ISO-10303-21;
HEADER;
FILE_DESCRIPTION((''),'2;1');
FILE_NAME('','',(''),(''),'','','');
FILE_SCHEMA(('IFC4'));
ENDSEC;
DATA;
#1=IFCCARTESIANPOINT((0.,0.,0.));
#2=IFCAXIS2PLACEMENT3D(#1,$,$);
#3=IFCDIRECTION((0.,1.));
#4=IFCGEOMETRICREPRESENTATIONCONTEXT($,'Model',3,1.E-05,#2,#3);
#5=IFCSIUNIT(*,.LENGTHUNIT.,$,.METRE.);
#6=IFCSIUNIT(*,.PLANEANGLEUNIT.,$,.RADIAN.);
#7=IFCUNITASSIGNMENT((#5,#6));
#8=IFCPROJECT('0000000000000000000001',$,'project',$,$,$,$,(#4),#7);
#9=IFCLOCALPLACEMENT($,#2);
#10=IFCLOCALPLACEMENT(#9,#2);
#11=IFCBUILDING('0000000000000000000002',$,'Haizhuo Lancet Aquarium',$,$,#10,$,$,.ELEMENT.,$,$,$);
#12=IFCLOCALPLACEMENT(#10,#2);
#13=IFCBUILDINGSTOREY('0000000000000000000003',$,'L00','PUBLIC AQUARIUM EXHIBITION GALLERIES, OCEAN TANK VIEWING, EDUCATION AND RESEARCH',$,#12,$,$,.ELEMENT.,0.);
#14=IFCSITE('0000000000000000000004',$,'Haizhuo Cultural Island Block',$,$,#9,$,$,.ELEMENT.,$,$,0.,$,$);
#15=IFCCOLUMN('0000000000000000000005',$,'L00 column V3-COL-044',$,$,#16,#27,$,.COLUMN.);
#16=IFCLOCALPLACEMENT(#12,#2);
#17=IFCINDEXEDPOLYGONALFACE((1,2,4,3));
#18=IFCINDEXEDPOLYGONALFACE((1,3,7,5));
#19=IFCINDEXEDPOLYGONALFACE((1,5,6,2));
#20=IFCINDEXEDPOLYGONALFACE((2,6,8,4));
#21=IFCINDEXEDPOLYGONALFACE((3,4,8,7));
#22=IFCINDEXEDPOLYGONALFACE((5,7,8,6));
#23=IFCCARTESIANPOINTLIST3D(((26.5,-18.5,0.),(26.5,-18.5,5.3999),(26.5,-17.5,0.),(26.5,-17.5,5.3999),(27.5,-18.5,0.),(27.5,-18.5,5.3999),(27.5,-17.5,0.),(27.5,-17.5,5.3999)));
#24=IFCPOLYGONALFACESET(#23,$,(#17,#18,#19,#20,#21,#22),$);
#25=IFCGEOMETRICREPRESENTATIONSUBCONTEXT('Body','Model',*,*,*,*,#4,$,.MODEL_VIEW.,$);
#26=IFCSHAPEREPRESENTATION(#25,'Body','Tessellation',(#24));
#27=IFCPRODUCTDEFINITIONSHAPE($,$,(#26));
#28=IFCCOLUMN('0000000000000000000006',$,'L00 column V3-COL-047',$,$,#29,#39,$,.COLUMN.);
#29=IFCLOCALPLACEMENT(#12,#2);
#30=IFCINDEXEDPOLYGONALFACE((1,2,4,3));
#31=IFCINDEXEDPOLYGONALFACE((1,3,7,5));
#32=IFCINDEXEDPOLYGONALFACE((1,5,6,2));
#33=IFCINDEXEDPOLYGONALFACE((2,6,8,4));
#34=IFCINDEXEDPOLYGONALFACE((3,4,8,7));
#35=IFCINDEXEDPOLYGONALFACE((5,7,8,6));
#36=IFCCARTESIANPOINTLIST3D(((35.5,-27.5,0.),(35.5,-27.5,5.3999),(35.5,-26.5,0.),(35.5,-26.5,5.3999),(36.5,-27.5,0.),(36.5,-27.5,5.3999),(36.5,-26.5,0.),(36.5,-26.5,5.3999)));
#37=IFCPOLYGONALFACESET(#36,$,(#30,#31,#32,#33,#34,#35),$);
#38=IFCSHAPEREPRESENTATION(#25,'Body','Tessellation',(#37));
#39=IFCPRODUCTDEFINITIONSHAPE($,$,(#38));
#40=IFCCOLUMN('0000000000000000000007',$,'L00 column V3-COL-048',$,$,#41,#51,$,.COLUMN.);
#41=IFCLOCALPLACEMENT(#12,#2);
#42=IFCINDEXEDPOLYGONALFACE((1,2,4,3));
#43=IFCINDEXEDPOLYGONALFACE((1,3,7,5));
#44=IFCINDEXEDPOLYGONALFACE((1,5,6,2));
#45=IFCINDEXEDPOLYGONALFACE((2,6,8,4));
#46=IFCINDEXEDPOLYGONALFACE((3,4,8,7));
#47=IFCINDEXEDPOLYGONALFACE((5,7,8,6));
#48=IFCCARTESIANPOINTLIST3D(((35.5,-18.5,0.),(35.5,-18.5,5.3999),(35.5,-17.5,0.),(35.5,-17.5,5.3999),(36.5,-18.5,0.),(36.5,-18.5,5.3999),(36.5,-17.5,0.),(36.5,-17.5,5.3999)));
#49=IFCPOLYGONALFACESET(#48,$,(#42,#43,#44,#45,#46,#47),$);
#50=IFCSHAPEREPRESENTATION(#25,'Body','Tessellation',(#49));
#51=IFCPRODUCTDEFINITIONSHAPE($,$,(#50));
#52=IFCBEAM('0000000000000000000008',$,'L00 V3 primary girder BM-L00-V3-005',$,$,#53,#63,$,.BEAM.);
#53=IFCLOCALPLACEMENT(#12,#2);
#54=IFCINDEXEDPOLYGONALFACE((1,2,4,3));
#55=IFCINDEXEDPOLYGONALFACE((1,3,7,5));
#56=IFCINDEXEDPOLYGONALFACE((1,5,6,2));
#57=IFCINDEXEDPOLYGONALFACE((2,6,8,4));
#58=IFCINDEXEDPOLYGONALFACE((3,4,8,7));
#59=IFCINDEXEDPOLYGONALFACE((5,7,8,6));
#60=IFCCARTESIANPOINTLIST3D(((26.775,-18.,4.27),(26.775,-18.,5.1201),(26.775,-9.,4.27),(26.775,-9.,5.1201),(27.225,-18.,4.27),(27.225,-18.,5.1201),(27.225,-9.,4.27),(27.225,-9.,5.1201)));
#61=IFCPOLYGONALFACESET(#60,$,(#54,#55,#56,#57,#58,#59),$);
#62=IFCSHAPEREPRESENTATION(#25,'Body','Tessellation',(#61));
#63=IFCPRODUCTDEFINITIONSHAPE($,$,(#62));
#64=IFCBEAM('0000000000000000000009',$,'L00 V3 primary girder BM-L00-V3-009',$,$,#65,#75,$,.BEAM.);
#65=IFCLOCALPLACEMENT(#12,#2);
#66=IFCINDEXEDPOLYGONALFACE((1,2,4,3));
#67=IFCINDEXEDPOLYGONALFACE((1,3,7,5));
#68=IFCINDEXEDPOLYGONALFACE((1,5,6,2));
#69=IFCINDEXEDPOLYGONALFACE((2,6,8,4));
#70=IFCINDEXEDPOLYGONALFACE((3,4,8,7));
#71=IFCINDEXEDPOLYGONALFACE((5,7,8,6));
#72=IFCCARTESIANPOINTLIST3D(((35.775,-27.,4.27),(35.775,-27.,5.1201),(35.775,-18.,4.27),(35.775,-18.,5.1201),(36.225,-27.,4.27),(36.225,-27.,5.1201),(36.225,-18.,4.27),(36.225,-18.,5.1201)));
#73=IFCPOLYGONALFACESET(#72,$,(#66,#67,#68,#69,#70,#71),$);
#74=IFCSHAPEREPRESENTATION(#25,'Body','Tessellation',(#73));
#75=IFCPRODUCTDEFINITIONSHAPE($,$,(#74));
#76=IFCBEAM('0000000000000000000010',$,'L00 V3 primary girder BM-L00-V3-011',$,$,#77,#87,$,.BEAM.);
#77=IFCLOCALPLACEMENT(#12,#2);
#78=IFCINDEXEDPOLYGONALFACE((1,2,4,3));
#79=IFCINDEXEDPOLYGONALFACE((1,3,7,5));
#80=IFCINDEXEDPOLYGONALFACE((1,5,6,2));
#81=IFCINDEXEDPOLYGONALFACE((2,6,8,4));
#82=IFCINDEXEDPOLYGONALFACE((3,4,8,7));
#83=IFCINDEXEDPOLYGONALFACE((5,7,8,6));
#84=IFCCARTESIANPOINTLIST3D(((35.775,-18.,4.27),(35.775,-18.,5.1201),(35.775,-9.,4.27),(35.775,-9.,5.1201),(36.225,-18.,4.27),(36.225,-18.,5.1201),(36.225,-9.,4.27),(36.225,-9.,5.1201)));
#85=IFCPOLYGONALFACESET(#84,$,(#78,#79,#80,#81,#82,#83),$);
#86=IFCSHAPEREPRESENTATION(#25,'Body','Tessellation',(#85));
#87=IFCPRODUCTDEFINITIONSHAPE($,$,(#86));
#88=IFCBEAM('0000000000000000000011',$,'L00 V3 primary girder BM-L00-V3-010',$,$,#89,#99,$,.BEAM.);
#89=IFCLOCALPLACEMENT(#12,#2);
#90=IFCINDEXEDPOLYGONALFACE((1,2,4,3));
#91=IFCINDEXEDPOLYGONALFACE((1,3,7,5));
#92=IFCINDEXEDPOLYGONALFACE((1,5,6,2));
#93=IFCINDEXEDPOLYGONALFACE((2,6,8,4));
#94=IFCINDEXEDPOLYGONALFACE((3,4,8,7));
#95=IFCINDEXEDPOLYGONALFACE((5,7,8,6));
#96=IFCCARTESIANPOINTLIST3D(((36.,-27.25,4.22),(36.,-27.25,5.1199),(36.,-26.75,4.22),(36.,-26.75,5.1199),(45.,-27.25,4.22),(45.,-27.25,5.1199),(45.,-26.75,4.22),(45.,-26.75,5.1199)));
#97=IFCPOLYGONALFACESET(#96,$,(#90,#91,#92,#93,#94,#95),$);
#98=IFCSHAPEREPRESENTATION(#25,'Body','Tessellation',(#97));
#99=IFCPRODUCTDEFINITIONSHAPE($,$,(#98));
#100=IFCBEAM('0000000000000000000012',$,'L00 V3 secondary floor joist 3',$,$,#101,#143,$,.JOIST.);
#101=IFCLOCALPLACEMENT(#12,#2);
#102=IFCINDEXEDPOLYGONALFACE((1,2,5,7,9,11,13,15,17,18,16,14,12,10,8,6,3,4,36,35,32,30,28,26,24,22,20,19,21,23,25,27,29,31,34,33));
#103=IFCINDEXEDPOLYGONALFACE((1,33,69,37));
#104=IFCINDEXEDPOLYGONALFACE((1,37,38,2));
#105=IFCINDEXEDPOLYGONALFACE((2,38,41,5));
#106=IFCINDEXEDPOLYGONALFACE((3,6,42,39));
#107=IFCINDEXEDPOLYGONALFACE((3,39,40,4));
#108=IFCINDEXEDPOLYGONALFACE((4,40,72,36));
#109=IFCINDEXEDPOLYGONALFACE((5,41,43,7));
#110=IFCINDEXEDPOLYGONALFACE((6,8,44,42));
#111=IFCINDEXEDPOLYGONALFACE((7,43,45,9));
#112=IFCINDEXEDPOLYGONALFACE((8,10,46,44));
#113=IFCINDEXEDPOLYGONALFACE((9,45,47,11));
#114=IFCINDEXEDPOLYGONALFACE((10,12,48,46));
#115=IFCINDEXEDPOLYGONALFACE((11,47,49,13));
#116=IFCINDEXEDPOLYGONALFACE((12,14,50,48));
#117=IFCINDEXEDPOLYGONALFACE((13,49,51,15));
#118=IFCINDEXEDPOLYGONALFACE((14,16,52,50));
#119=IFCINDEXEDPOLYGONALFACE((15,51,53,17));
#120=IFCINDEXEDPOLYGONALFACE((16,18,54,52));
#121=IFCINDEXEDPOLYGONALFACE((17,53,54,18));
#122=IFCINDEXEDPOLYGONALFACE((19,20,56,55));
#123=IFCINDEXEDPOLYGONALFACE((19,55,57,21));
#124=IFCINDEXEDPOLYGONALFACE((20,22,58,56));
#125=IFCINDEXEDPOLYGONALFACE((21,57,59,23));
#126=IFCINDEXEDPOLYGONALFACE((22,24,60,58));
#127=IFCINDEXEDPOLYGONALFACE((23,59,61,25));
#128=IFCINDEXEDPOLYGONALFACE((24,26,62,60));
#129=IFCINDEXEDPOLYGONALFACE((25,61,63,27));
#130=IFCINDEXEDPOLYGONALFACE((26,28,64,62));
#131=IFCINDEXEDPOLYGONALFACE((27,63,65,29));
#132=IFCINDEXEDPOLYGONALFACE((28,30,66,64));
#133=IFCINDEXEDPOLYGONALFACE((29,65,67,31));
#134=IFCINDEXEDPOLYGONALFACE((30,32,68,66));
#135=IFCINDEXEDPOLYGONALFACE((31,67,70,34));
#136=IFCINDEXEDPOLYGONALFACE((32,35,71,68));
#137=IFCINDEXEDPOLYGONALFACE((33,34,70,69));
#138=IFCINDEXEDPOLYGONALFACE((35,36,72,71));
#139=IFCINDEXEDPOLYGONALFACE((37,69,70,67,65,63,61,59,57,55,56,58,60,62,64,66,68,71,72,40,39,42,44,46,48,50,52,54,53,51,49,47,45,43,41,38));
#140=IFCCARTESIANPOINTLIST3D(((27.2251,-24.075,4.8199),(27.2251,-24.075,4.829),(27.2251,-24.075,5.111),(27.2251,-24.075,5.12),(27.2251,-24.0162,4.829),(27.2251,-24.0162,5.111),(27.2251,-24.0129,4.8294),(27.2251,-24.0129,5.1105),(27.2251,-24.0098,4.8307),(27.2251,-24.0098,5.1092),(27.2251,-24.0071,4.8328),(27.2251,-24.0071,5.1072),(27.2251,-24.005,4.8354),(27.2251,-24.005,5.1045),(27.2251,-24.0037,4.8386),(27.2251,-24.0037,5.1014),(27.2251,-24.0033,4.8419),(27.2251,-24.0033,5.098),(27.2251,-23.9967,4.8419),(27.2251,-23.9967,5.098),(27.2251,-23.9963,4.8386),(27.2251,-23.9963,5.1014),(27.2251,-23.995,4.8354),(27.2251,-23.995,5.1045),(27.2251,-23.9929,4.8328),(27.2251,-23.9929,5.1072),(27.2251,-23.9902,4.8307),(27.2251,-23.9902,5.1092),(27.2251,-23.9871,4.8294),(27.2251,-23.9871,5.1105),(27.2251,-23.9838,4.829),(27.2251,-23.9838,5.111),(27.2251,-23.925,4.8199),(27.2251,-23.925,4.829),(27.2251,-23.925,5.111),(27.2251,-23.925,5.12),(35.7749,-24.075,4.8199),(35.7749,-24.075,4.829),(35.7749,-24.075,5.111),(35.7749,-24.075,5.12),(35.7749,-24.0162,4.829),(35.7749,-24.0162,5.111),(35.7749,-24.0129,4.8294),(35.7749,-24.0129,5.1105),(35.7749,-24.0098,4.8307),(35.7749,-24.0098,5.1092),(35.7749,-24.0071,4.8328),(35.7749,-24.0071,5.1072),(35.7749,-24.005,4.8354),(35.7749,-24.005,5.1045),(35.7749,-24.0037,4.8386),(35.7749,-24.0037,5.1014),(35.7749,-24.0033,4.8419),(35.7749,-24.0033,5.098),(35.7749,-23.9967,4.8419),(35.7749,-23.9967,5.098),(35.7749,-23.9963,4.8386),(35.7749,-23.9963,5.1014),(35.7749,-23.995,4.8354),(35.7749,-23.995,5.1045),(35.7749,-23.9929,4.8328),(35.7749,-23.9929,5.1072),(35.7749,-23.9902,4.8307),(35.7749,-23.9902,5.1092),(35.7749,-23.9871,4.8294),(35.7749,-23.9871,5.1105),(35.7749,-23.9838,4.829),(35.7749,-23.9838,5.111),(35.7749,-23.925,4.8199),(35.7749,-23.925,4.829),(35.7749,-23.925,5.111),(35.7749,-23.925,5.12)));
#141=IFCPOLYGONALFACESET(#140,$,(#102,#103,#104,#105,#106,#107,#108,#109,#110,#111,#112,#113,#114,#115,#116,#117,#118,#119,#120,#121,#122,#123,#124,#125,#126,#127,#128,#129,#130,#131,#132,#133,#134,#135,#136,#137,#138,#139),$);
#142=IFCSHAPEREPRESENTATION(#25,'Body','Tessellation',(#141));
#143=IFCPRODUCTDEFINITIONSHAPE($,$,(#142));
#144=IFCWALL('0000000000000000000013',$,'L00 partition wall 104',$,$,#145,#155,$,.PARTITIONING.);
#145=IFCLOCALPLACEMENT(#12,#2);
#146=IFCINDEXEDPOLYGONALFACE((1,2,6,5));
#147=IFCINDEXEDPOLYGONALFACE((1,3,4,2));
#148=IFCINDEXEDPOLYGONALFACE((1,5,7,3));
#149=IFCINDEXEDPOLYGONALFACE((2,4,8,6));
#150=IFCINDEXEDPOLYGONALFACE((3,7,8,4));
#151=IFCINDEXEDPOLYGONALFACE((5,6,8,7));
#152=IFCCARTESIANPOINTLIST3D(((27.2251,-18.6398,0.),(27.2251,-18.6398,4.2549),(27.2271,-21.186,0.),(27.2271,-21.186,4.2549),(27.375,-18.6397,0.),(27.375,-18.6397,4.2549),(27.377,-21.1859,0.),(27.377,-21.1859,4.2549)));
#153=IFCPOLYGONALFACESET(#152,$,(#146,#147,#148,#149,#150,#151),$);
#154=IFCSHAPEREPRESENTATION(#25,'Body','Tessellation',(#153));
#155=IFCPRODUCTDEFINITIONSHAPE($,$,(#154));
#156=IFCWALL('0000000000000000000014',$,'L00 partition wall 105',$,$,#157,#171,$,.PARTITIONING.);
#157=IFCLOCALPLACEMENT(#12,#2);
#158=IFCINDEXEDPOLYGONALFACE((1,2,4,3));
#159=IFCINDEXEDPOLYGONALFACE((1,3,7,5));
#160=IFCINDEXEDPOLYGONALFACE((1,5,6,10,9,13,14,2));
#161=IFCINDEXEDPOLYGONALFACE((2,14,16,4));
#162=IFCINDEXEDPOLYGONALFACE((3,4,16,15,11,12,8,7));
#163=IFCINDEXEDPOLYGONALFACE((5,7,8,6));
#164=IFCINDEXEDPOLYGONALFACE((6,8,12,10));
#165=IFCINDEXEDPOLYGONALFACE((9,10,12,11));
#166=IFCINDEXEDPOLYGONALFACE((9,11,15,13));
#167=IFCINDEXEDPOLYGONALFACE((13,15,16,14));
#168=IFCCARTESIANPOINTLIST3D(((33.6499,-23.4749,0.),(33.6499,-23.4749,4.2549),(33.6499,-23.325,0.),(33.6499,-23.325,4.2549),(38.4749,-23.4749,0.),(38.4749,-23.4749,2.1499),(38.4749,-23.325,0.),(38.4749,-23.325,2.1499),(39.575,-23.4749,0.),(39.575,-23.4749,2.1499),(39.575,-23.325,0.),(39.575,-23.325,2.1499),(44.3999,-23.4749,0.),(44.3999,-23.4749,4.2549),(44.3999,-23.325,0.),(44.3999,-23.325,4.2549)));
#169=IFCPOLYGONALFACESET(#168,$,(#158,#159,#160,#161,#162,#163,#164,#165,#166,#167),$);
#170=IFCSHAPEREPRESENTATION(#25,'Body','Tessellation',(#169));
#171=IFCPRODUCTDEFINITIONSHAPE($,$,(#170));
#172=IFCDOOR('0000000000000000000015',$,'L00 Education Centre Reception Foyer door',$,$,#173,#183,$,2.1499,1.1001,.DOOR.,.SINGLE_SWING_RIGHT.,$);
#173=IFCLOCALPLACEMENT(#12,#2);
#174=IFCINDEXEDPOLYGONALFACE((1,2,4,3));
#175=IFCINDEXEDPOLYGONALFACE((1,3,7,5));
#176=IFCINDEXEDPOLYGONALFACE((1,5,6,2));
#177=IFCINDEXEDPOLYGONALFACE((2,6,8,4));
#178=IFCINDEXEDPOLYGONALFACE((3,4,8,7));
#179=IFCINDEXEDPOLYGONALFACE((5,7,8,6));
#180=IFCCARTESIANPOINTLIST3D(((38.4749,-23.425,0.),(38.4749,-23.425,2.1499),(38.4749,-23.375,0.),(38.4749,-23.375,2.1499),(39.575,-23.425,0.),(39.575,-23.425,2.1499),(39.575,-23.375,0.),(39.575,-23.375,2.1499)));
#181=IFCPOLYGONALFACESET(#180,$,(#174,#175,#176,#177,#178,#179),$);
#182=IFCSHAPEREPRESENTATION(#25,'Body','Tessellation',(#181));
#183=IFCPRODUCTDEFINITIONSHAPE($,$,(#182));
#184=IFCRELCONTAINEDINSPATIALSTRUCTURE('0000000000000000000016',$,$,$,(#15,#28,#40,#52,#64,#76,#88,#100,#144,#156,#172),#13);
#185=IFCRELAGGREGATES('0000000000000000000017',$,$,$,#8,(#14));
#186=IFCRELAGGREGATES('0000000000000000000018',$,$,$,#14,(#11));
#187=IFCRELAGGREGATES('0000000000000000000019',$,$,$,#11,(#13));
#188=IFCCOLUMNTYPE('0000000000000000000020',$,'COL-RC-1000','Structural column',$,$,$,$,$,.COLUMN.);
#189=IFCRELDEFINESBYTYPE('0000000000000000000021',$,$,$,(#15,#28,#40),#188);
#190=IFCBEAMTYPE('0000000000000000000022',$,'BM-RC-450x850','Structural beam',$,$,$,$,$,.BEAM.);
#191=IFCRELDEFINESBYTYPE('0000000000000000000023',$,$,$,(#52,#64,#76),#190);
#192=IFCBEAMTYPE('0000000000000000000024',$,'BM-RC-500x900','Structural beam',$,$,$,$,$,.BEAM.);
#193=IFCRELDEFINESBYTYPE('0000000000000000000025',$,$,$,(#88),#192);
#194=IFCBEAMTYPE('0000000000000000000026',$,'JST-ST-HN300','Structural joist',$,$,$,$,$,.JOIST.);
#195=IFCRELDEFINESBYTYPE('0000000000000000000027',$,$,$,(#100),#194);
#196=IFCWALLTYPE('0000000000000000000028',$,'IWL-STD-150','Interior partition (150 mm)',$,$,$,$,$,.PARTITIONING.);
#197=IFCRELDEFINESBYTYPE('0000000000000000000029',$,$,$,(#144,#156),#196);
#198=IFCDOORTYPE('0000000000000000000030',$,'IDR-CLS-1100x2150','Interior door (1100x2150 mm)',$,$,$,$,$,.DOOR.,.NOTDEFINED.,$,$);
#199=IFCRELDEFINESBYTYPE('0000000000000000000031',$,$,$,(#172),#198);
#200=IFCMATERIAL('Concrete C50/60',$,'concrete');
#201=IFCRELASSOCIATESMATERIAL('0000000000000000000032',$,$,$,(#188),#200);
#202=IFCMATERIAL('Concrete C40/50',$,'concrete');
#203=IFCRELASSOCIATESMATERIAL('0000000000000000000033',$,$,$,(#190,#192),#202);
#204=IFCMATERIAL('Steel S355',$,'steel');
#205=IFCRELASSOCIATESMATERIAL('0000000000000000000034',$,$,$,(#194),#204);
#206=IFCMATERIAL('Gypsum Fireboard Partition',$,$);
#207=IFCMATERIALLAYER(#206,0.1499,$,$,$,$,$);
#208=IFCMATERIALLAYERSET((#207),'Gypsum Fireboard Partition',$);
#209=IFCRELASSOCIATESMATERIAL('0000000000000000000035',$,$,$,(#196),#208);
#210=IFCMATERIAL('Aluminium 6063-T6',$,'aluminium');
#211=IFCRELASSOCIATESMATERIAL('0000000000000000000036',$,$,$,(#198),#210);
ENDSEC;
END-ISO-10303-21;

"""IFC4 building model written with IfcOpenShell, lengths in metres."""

from ifc_helpers import new_model, si_unit, direction, frame, frame_2d, origin, origin_2d, place, context, subcontext, project, spatial, rectangle, i_section, extrude, material, layer, layer_set, material_profile, profile_set, type_object, element, fill, save


model = new_model("IFC4")

# Units and contexts
model_context = context("Model", 3, precision=1e-05, world=origin(), true_north=direction((0.0, 1.0)))
body_context = subcontext(model_context, "Body", "Model", "MODEL_VIEW")
ifc_project = project(units=[si_unit("LENGTHUNIT", "METRE"), si_unit("PLANEANGLEUNIT", "RADIAN")], contexts=[model_context])

# Site, building, storey
site_placement = place(None, origin())
site = spatial("IfcSite", under=ifc_project, at=site_placement, Name="Haizhuo Cultural Island Block", CompositionType="ELEMENT", RefElevation=0.0)
building_placement = place(site_placement, origin())
building = spatial("IfcBuilding", under=site, at=building_placement, Name="Haizhuo Lancet Aquarium", CompositionType="ELEMENT")
storey_placement = place(building_placement, origin())
storey = spatial("IfcBuildingStorey", under=building, at=storey_placement, Name="L00", Description="PUBLIC AQUARIUM EXHIBITION GALLERIES, OCEAN TANK VIEWING, EDUCATION AND RESEARCH", CompositionType="ELEMENT", Elevation=0.0)

# Columns
ifc_material_1 = material(Name="Concrete C50/60", Category="concrete")
ifc_material_profile_1 = material_profile(ifc_material_1, rectangle(XDim=1.0, YDim=1.0, at=origin_2d()), Name="RC-COL 1000x1000")
ifc_profile_set_1 = profile_set([ifc_material_profile_1], Name="Concrete C50/60")
column_type = type_object("IfcColumnType", Name="COL-RC-1000", Description="Structural column", PredefinedType="COLUMN", material=ifc_profile_set_1)
for number, where, z_axis, x_axis, name in (
    (1, (27.0, -18.0, 0.0), (0.0, 0.0, 1.0), (1.0, 0.0, 0.0), "L00 column V3-COL-044"),
    (2, (36.0, -27.0, 0.0), (0.0, 0.0, 1.0), (1.0, 0.0, 0.0), "L00 column V3-COL-047"),
    (3, (36.0, -18.0, 0.0), (0.0, 0.0, 1.0), (1.0, 0.0, 0.0), "L00 column V3-COL-048"),
):
    element("IfcColumn", number, at=place(storey_placement, frame(where, z_axis=z_axis, x_axis=x_axis)), inside=storey, type_object=column_type, Name=name, PredefinedType="COLUMN", context=body_context, shape_type="SweptSolid", body=[
        extrude(rectangle(XDim=1.0, YDim=1.0, at=origin_2d()), origin(), (0.0, 0.0, 1.0), 5.3999),
    ])

# Beams
ifc_material_2 = material(Name="Concrete C40/50", Category="concrete")
ifc_material_profile_2 = material_profile(ifc_material_2, rectangle(XDim=0.45, YDim=0.8501, at=origin_2d()), Name="RC-BM 450x850")
ifc_profile_set_2 = profile_set([ifc_material_profile_2], Name="Concrete C40/50")
beam_type_1 = type_object("IfcBeamType", Name="BM-RC-450x850", Description="Structural beam", PredefinedType="BEAM", material=ifc_profile_set_2)
for number, where, z_axis, x_axis, name in (
    (4, (27.0, -18.0, 4.6951), (0.0, 1.0, 0.0), (-1.0, 0.0, 0.0), "L00 V3 primary girder BM-L00-V3-005"),
    (5, (36.0, -27.0, 4.6951), (0.0, 1.0, 0.0), (-1.0, 0.0, 0.0), "L00 V3 primary girder BM-L00-V3-009"),
    (6, (36.0, -18.0, 4.6951), (0.0, 1.0, 0.0), (-1.0, 0.0, 0.0), "L00 V3 primary girder BM-L00-V3-011"),
):
    element("IfcBeam", number, at=place(storey_placement, frame(where, z_axis=z_axis, x_axis=x_axis)), inside=storey, type_object=beam_type_1, Name=name, PredefinedType="BEAM", context=body_context, shape_type="SweptSolid", body=[
        extrude(rectangle(XDim=0.45, YDim=0.8501, at=origin_2d()), origin(), (0.0, 0.0, 1.0), 9.0),
    ])
ifc_material_profile_3 = material_profile(ifc_material_2, rectangle(XDim=0.5, YDim=0.8999, at=origin_2d()), Name="RC-BM 500x900")
ifc_profile_set_3 = profile_set([ifc_material_profile_3], Name="Concrete C40/50")
beam_type_2 = type_object("IfcBeamType", Name="BM-RC-500x900", Description="Structural beam", PredefinedType="BEAM", material=ifc_profile_set_3)
beam_1_placement = place(storey_placement, frame((36.0, -27.0, 4.6699), z_axis=(1.0, 0.0, 0.0), x_axis=(0.0, 1.0, 0.0)))
element("IfcBeam", 7, at=beam_1_placement, inside=storey, type_object=beam_type_2, Name="L00 V3 primary girder BM-L00-V3-010", PredefinedType="BEAM", context=body_context, shape_type="SweptSolid", body=[
    extrude(rectangle(XDim=0.5, YDim=0.8999, at=origin_2d()), origin(), (0.0, 0.0, 1.0), 9.0),
])
ifc_material_3 = material(Name="Steel S355", Category="steel")
ifc_material_profile_4 = material_profile(ifc_material_3, i_section(OverallWidth=0.1499, OverallDepth=0.3, WebThickness=0.0066, FlangeThickness=0.009, FilletRadius=0.0129, at=origin_2d()), Name="HN 300x150x6.5x9")
ifc_profile_set_4 = profile_set([ifc_material_profile_4], Name="Steel S355")
beam_type_3 = type_object("IfcBeamType", Name="JST-ST-HN300", Description="Structural joist", PredefinedType="JOIST", material=ifc_profile_set_4)
beam_2_placement = place(storey_placement, frame((27.2251, -24.0, 4.97), z_axis=(1.0, 0.0, 0.0), x_axis=(0.0, 1.0, 0.0)))
element("IfcBeam", 8, at=beam_2_placement, inside=storey, type_object=beam_type_3, Name="L00 V3 secondary floor joist 3", PredefinedType="JOIST", context=body_context, shape_type="SweptSolid", body=[
    extrude(i_section(OverallWidth=0.1499, OverallDepth=0.3, WebThickness=0.0066, FlangeThickness=0.009, FilletRadius=0.0129, at=origin_2d()), origin(), (0.0, 0.0, 1.0), 8.5498),
])

# Wall
ifc_material_4 = material(Name="Gypsum Fireboard Partition")
ifc_layer_1 = layer(ifc_material_4, 0.1499)
ifc_layer_set_1 = layer_set([ifc_layer_1], Name="Gypsum Fireboard Partition")
wall_type_1 = type_object("IfcWallType", Name="IWL-STD-150", Description="Interior partition (150 mm)", PredefinedType="PARTITIONING", material=ifc_layer_set_1)
wall_1_placement = place(storey_placement, frame((27.3, -18.6399, 0.0), z_axis=(0.0, 0.0, 1.0), x_axis=(0.000767, -1.0, 0.0)))
element("IfcWall", 9, at=wall_1_placement, inside=storey, type_object=wall_type_1, Name="L00 partition wall 104", PredefinedType="PARTITIONING", context=body_context, shape_type="SweptSolid", body=[
    extrude(rectangle(XDim=2.5461, YDim=0.1499, at=frame_2d((1.2729, 0.0))), origin(), (0.0, 0.0, 1.0), 4.2549),
])

# Wall, opening, door
wall_2_placement = place(storey_placement, frame((33.6499, -23.3999, 0.0), z_axis=(0.0, 0.0, 1.0), x_axis=(1.0, 0.0, 0.0)))
wall_2 = element("IfcWall", 10, at=wall_2_placement, inside=storey, type_object=wall_type_1, Name="L00 partition wall 105", PredefinedType="PARTITIONING", context=body_context, shape_type="SweptSolid", body=[
    extrude(rectangle(XDim=10.75, YDim=0.1499, at=frame_2d((5.375, 0.0))), origin(), (0.0, 0.0, 1.0), 4.2549),
])
opening_1_placement = place(wall_2_placement, frame((4.825, 0.0, 0.0)))
opening_1 = element("IfcOpeningElement", 11, at=opening_1_placement, cuts=wall_2, PredefinedType="OPENING", context=body_context, shape_type="SweptSolid", body=[
    extrude(rectangle(XDim=1.1001, YDim=2.1499, at=frame_2d((0.55, 1.075))), frame((0.0, 0.085, 0.0), z_axis=(0.0, -1.0, 0.0), x_axis=(1.0, 0.0, 0.0)), (0.0, 0.0, 1.0), 0.1699),
])
ifc_material_5 = material(Name="Aluminium 6063-T6", Category="aluminium")
door_type_1 = type_object("IfcDoorType", Name="IDR-CLS-1100x2150", Description="Interior door (1100x2150 mm)", OperationType="NOTDEFINED", PredefinedType="DOOR", material=ifc_material_5)
door_1_placement = place(opening_1_placement, origin())
door_1 = element("IfcDoor", 12, at=door_1_placement, inside=storey, type_object=door_type_1, Name="L00 Education Centre Reception Foyer door", OperationType="SINGLE_SWING_RIGHT", OverallHeight=2.1499, OverallWidth=1.1001, PredefinedType="DOOR", context=body_context, shape_type="SweptSolid", body=[
    extrude(rectangle(XDim=1.1001, YDim=2.1499, at=frame_2d((0.55, 1.075))), frame((0.0, 0.0249, 0.0), z_axis=(0.0, -1.0, 0.0), x_axis=(1.0, 0.0, 0.0)), (0.0, 0.0, 1.0), 0.05),
])
fill(opening_1, door_1)

save(model, "model.ifc")
